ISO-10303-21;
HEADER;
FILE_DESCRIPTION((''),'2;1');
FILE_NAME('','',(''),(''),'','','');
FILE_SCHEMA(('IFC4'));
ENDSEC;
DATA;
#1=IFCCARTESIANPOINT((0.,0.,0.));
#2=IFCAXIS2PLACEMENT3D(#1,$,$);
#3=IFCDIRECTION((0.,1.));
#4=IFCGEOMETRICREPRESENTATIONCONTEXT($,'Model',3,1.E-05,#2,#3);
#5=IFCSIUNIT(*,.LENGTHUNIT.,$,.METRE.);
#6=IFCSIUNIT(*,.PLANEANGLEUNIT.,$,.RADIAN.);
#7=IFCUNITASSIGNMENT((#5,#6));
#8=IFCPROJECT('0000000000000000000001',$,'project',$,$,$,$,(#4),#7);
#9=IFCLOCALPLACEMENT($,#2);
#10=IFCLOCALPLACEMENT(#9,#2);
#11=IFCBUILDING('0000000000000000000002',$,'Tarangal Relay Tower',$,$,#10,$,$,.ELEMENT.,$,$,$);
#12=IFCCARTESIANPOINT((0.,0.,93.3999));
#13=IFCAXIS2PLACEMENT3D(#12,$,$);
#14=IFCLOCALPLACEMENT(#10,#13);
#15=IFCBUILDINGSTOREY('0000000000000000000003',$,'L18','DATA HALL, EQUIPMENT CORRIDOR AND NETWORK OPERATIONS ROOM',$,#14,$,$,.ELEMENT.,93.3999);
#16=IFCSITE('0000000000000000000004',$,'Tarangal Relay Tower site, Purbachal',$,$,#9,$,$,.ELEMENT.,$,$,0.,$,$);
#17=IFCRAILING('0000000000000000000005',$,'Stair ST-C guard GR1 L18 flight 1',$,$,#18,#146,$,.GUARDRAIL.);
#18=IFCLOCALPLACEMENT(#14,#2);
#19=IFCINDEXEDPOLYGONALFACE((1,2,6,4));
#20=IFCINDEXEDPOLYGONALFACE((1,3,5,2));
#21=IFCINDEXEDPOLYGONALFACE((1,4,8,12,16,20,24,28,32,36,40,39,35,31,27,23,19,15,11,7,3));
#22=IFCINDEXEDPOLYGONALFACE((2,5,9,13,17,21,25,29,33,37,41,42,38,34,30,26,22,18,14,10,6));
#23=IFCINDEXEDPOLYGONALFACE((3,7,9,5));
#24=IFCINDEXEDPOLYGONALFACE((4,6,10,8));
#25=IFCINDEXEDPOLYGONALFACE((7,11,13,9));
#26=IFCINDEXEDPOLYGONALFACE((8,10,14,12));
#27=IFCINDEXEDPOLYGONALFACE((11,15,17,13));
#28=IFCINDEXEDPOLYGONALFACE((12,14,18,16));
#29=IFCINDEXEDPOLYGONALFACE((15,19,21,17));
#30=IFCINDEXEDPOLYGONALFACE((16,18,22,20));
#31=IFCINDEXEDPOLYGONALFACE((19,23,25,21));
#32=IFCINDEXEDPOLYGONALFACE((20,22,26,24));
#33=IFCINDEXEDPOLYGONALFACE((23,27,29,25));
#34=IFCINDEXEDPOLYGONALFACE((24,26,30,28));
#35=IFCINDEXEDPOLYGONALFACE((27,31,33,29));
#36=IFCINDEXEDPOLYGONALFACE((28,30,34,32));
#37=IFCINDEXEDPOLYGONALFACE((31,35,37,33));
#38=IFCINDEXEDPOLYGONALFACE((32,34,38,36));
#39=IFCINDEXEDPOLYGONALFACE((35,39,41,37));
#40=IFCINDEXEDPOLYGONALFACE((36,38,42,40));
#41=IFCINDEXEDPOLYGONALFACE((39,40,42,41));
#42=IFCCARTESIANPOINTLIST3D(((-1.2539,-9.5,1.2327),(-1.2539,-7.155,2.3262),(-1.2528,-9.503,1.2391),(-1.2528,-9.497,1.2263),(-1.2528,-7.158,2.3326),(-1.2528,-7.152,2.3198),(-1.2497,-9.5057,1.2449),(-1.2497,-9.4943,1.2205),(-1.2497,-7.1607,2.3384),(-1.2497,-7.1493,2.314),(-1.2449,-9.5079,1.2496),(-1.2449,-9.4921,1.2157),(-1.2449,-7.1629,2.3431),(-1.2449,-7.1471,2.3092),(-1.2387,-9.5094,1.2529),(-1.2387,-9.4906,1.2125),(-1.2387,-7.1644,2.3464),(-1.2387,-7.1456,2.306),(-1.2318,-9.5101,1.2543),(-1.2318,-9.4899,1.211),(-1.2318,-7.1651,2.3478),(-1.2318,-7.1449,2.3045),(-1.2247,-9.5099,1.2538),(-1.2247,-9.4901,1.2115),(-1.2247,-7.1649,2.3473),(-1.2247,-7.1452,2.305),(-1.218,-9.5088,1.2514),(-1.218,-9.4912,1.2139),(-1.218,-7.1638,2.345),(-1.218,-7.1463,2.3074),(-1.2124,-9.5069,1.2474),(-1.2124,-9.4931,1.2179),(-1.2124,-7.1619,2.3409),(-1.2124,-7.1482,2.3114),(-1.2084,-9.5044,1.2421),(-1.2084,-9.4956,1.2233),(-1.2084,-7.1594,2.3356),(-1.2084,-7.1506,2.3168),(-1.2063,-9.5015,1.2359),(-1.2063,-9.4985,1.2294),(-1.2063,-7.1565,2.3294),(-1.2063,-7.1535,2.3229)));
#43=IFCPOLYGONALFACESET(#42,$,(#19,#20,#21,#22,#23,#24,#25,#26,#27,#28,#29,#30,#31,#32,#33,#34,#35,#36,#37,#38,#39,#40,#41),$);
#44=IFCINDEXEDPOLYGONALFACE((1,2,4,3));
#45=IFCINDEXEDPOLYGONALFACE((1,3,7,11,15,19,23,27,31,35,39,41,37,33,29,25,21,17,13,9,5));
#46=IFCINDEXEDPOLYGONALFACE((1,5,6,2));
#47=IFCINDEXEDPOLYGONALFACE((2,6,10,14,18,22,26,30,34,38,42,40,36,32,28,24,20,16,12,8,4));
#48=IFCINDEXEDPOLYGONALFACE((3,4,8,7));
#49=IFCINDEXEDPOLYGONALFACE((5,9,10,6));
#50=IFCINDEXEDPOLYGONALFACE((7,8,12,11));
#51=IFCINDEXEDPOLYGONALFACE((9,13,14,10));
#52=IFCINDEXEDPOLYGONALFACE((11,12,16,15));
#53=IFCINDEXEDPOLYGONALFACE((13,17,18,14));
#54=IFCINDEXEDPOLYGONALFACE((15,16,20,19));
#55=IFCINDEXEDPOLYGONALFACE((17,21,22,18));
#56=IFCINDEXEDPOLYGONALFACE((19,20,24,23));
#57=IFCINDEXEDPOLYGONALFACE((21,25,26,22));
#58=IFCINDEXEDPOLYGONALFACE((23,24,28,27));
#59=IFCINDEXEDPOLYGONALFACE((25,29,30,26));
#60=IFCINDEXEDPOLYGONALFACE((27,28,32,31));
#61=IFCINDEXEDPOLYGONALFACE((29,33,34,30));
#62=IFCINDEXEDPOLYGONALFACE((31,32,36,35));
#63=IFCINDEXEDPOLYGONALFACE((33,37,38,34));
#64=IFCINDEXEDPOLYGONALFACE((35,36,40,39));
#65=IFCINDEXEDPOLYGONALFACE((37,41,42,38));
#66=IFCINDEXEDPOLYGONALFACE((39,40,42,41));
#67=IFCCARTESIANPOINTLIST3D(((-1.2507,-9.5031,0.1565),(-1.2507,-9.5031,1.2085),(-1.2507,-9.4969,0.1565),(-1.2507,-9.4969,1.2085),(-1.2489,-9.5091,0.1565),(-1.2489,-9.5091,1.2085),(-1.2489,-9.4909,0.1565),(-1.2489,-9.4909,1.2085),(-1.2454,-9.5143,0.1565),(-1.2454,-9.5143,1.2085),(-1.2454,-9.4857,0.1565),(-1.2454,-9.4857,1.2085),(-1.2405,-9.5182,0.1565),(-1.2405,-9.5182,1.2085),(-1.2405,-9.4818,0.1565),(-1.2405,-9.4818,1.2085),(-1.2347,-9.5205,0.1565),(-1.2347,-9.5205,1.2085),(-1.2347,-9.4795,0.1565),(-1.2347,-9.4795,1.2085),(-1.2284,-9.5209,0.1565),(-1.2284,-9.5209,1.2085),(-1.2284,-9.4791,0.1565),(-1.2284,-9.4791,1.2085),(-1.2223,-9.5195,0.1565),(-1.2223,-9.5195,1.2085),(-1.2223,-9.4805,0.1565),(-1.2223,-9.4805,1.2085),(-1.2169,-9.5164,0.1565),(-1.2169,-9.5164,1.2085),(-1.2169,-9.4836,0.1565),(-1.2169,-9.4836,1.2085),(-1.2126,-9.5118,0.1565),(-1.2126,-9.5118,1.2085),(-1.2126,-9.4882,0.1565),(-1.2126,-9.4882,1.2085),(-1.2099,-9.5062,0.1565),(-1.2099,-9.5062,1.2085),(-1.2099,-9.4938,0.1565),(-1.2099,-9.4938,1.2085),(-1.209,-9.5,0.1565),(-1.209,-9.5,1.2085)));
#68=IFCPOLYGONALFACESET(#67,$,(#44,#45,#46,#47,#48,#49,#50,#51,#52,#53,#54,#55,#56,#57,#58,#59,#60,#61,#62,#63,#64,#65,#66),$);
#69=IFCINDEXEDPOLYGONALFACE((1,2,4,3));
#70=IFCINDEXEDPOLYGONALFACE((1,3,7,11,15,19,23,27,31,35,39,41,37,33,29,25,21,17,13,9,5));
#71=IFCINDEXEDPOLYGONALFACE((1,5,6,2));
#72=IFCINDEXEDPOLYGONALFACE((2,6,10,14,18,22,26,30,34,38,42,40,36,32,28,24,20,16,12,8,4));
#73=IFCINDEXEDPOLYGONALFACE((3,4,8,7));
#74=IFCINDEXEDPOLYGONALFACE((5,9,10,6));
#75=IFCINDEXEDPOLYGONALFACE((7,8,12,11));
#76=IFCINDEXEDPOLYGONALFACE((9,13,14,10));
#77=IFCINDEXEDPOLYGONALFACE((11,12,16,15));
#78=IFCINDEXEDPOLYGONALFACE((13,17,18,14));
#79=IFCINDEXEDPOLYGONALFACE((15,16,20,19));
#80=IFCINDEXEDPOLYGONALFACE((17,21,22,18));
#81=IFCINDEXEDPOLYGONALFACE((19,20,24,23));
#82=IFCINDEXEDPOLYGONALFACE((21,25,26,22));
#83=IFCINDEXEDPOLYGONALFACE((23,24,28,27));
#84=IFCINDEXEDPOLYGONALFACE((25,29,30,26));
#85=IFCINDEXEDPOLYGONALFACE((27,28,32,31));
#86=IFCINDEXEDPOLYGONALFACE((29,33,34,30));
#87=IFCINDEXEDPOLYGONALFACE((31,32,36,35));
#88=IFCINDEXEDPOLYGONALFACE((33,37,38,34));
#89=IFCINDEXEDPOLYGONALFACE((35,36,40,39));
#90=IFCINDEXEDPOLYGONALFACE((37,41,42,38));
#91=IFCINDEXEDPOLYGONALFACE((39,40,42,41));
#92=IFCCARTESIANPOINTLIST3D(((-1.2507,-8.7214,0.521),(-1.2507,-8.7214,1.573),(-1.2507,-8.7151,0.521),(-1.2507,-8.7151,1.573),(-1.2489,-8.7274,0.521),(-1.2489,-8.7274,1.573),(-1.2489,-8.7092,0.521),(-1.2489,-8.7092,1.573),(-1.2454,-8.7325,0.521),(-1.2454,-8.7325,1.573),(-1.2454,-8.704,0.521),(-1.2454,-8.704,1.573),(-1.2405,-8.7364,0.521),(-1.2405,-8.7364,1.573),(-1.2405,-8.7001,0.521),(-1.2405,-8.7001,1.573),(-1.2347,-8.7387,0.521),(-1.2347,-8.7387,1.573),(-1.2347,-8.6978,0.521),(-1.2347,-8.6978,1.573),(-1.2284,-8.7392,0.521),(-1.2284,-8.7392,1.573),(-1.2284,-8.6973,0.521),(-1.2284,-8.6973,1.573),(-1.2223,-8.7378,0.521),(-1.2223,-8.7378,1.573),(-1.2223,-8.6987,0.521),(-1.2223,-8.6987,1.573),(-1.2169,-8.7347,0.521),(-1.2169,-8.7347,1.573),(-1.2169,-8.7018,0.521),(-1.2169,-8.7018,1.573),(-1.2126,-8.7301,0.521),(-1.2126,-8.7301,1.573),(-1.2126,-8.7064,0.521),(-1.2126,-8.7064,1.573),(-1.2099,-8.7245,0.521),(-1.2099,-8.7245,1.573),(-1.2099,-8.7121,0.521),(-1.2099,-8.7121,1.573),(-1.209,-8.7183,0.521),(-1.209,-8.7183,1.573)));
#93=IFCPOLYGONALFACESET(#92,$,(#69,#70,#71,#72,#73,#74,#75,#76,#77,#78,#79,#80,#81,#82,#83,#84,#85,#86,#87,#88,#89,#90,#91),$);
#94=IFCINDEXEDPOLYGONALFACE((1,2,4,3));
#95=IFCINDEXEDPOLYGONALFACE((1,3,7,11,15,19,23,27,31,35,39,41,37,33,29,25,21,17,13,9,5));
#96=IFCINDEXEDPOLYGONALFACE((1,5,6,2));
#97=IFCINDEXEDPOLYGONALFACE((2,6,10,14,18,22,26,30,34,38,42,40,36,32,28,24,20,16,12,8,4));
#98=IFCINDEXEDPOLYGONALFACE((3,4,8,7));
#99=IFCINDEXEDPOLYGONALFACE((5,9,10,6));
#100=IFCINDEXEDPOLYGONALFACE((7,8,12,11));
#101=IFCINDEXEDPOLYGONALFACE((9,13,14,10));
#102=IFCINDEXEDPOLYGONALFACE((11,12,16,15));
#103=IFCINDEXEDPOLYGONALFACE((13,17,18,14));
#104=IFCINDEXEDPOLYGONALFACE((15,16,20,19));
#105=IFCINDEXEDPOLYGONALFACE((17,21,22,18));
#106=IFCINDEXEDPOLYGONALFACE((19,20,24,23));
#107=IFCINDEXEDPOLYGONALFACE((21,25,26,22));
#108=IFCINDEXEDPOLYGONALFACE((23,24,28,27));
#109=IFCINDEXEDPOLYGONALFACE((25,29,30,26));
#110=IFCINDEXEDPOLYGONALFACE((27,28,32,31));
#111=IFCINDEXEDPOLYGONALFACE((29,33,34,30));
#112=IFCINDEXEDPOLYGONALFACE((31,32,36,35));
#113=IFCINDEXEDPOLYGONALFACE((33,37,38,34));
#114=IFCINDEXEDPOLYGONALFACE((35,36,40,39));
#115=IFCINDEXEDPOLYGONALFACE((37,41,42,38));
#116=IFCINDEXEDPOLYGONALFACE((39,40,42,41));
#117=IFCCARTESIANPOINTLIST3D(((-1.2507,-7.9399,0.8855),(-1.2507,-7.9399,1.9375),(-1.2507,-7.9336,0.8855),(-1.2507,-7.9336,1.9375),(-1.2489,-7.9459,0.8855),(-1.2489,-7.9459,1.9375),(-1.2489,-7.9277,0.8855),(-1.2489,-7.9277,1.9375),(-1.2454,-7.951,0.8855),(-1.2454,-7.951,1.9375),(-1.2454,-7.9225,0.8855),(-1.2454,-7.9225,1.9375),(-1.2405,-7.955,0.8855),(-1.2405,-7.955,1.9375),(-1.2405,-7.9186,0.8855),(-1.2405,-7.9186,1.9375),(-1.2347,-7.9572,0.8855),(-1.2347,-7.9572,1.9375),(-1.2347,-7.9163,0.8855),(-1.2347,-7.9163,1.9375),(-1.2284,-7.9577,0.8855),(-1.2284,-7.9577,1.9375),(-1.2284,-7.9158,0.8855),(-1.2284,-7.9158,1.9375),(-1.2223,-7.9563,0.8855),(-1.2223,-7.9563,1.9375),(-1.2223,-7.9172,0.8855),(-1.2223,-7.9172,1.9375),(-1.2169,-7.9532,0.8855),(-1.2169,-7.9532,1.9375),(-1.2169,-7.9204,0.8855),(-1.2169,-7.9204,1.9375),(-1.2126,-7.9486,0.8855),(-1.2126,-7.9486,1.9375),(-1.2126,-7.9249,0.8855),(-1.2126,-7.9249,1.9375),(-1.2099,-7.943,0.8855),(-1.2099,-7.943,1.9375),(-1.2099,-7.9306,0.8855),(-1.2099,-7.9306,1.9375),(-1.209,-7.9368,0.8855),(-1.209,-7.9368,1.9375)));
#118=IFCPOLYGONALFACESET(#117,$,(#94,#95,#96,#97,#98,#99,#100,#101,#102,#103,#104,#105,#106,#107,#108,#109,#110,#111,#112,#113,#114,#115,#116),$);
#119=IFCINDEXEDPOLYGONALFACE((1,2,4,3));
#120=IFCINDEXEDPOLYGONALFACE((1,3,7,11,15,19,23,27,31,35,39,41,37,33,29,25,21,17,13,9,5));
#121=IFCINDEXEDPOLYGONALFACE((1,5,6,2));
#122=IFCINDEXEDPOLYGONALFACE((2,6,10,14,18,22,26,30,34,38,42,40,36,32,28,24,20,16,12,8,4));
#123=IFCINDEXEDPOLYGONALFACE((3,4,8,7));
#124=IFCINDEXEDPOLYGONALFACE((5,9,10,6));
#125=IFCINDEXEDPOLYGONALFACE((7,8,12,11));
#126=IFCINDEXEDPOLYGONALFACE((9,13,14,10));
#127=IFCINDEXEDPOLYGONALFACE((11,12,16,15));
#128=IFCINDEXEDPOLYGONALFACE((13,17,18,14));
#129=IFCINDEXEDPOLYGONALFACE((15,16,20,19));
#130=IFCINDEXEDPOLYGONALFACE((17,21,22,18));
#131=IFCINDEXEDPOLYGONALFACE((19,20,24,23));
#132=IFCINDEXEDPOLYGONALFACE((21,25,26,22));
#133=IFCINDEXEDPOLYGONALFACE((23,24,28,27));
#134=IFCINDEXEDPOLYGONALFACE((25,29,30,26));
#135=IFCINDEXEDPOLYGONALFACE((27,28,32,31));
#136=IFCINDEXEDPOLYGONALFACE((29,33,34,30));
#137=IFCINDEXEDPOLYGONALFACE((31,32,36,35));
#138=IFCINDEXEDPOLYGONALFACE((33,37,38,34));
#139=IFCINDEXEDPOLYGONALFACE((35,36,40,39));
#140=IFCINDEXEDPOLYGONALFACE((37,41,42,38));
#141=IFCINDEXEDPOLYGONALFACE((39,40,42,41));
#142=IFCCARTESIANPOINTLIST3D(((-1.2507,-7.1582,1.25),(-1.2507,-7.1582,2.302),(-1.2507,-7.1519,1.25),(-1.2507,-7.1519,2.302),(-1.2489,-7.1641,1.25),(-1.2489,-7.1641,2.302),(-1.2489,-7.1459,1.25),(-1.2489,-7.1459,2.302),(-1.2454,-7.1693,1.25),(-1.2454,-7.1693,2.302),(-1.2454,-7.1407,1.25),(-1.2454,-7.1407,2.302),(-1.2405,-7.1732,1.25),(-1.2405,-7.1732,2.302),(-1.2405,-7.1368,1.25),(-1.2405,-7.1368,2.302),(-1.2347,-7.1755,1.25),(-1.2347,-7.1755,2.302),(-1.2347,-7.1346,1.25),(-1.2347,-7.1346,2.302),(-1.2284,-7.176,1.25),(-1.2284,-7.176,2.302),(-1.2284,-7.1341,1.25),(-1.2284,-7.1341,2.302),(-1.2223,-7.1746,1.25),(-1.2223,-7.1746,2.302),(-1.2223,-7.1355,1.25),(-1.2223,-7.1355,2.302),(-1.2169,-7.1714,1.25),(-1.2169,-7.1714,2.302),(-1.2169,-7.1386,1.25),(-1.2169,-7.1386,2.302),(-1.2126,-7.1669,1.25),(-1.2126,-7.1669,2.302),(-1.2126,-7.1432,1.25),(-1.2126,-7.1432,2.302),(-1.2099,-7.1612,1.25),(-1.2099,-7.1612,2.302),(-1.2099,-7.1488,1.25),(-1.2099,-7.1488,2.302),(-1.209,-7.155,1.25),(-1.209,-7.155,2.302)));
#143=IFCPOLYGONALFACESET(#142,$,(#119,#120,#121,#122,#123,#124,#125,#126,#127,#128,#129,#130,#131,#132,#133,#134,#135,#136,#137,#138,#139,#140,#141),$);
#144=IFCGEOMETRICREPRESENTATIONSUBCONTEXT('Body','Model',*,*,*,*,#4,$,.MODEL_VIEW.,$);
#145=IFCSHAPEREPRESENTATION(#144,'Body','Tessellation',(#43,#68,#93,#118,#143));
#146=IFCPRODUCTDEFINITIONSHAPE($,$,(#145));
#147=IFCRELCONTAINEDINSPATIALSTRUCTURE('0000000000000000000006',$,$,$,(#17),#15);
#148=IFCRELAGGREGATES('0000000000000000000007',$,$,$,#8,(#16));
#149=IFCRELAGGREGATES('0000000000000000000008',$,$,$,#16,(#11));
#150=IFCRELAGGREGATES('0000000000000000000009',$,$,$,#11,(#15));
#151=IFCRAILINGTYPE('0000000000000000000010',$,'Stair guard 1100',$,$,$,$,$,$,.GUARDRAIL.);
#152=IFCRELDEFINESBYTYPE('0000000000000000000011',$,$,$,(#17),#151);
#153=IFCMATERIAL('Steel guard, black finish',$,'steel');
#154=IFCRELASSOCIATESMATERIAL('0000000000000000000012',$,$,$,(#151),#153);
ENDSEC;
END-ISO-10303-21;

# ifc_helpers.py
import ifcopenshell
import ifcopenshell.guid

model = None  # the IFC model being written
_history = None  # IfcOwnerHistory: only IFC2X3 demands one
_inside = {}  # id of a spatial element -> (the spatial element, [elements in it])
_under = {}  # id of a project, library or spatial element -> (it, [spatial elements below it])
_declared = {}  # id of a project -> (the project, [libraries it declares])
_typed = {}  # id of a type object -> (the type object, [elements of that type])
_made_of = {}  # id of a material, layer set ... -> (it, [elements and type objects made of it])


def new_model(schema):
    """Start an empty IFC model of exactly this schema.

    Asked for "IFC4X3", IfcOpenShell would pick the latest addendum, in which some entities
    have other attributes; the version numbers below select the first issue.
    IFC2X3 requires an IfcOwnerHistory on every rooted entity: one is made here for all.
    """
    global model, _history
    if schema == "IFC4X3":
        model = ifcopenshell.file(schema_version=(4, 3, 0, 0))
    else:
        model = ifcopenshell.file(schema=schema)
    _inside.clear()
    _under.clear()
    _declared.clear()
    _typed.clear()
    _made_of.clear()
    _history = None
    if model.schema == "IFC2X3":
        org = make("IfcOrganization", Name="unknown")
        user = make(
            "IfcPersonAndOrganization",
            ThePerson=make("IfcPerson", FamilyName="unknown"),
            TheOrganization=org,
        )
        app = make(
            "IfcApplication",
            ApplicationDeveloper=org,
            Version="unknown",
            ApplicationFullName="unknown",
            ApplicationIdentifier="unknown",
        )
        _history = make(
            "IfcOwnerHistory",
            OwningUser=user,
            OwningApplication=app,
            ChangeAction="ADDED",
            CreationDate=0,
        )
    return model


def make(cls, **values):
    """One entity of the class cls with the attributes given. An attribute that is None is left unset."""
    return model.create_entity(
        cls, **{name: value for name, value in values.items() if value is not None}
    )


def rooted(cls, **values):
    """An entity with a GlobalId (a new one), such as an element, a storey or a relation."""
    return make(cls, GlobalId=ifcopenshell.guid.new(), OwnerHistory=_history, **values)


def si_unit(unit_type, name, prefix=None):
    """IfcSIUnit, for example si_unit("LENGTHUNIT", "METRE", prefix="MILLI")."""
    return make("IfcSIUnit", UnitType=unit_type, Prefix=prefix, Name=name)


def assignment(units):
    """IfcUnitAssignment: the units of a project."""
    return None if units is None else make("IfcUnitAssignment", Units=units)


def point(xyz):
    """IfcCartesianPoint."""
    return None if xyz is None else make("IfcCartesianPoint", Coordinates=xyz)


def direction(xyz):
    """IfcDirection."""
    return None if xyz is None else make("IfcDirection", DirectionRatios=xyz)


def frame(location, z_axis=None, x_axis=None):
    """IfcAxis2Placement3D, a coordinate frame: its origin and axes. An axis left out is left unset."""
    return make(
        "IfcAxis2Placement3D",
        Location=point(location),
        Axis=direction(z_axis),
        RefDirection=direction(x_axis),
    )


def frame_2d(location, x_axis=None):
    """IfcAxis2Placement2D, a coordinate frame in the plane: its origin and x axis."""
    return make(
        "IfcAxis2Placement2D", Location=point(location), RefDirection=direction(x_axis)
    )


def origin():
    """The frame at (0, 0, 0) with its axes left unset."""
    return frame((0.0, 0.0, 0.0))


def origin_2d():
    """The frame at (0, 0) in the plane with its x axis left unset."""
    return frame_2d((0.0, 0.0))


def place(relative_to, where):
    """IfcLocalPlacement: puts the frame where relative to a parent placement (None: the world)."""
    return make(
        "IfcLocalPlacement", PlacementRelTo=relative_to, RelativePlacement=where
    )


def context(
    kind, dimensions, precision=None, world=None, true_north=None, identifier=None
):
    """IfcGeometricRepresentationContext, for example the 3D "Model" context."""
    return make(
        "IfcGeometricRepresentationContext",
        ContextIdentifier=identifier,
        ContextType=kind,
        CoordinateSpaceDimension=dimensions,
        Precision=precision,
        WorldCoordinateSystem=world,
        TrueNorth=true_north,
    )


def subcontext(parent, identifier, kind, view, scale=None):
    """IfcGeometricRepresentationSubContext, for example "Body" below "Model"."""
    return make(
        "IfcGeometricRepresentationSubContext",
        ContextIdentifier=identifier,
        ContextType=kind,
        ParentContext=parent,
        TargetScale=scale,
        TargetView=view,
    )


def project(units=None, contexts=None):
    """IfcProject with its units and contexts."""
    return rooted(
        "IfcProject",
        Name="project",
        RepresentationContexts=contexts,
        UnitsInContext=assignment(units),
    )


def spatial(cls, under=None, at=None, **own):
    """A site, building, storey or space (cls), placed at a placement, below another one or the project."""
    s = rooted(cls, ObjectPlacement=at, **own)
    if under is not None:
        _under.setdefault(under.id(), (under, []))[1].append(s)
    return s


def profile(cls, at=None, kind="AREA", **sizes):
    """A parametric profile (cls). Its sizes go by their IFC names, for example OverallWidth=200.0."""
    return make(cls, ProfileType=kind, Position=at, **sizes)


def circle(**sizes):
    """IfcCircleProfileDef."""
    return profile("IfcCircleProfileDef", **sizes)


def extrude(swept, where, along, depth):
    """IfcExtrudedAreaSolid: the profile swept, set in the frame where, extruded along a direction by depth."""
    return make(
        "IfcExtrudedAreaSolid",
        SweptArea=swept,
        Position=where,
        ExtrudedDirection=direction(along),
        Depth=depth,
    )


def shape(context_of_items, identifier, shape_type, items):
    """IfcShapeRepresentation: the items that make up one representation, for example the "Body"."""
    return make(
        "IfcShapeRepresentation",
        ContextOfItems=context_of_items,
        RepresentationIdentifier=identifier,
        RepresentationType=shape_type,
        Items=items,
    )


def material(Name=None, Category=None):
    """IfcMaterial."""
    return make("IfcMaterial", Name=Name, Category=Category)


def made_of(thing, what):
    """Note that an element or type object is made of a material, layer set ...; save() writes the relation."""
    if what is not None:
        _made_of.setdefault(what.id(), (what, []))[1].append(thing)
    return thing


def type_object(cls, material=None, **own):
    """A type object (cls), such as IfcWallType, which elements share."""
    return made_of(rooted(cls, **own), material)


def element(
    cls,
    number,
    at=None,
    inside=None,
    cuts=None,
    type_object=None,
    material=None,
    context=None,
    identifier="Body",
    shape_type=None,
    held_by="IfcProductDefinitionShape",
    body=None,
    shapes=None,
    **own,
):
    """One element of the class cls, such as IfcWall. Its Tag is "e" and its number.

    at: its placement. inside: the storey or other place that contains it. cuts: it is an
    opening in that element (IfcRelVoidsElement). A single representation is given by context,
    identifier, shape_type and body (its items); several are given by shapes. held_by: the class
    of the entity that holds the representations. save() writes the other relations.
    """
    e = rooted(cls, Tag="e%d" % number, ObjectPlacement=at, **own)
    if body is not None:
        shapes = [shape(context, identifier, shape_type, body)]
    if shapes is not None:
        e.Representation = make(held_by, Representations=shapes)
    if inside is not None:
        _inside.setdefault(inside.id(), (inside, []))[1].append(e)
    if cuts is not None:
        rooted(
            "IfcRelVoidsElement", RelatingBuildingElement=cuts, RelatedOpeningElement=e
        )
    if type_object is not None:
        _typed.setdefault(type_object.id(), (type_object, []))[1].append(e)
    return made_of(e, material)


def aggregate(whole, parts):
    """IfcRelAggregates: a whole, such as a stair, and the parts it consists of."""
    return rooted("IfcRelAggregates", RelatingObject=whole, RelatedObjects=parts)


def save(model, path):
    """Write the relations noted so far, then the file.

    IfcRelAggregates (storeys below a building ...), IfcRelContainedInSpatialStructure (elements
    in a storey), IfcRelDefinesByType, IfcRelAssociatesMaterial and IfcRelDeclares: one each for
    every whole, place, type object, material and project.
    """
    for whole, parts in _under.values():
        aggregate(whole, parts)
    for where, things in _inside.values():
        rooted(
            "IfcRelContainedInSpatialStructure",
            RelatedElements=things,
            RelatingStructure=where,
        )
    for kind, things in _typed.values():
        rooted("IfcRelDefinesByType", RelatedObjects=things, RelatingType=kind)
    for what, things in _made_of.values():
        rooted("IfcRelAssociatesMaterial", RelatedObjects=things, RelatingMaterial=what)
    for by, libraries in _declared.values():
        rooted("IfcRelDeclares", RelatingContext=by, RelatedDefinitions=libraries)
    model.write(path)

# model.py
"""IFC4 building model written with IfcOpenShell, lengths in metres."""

from ifc_helpers import new_model, si_unit, direction, frame, origin, origin_2d, place, context, subcontext, project, spatial, circle, extrude, material, type_object, element, save


model = new_model("IFC4")

# Units and contexts
model_context = context("Model", 3, precision=1e-05, world=origin(), true_north=direction((0.0, 1.0)))
body_context = subcontext(model_context, "Body", "Model", "MODEL_VIEW")
ifc_project = project(units=[si_unit("LENGTHUNIT", "METRE"), si_unit("PLANEANGLEUNIT", "RADIAN")], contexts=[model_context])

# Site, building, storey
site_placement = place(None, origin())
site = spatial("IfcSite", under=ifc_project, at=site_placement, Name="Tarangal Relay Tower site, Purbachal", CompositionType="ELEMENT", RefElevation=0.0)
building_placement = place(site_placement, origin())
building = spatial("IfcBuilding", under=site, at=building_placement, Name="Tarangal Relay Tower", CompositionType="ELEMENT")
storey_placement = place(building_placement, frame((0.0, 0.0, 93.3999)))
storey = spatial("IfcBuildingStorey", under=building, at=storey_placement, Name="L18", Description="DATA HALL, EQUIPMENT CORRIDOR AND NETWORK OPERATIONS ROOM", CompositionType="ELEMENT", Elevation=93.3999)

# Railing
ifc_material_1 = material(Name="Steel guard, black finish", Category="steel")
railing_type_1 = type_object("IfcRailingType", Name="Stair guard 1100", PredefinedType="GUARDRAIL", material=ifc_material_1)
for number, where, name in (
    (1, (-1.23, -9.5, 0.1565), "Stair ST-C guard GR1 L18 flight 1"),
):
    element("IfcRailing", number, at=place(storey_placement, frame(where)), inside=storey, type_object=railing_type_1, Name=name, PredefinedType="GUARDRAIL", context=body_context, shape_type="SweptSolid", body=[
        extrude(circle(Radius=0.0239, at=origin_2d()), frame((0.0, 0.0, 1.0762), z_axis=(0.0, 0.906304, 0.422627), x_axis=(-1.0, 0.0, 0.0)), (0.0, 0.0, 1.0), 2.5874),
        extrude(circle(Radius=0.021, at=origin_2d()), origin(), (0.0, 0.0, 1.0), 1.052),
        extrude(circle(Radius=0.021, at=origin_2d()), frame((0.0, 0.7817, 0.3645)), (0.0, 0.0, 1.0), 1.052),
        extrude(circle(Radius=0.021, at=origin_2d()), frame((0.0, 1.5632, 0.729)), (0.0, 0.0, 1.0), 1.052),
        extrude(circle(Radius=0.021, at=origin_2d()), frame((0.0, 2.345, 1.0935)), (0.0, 0.0, 1.0), 1.052),
    ])

save(model, "model.ifc")
